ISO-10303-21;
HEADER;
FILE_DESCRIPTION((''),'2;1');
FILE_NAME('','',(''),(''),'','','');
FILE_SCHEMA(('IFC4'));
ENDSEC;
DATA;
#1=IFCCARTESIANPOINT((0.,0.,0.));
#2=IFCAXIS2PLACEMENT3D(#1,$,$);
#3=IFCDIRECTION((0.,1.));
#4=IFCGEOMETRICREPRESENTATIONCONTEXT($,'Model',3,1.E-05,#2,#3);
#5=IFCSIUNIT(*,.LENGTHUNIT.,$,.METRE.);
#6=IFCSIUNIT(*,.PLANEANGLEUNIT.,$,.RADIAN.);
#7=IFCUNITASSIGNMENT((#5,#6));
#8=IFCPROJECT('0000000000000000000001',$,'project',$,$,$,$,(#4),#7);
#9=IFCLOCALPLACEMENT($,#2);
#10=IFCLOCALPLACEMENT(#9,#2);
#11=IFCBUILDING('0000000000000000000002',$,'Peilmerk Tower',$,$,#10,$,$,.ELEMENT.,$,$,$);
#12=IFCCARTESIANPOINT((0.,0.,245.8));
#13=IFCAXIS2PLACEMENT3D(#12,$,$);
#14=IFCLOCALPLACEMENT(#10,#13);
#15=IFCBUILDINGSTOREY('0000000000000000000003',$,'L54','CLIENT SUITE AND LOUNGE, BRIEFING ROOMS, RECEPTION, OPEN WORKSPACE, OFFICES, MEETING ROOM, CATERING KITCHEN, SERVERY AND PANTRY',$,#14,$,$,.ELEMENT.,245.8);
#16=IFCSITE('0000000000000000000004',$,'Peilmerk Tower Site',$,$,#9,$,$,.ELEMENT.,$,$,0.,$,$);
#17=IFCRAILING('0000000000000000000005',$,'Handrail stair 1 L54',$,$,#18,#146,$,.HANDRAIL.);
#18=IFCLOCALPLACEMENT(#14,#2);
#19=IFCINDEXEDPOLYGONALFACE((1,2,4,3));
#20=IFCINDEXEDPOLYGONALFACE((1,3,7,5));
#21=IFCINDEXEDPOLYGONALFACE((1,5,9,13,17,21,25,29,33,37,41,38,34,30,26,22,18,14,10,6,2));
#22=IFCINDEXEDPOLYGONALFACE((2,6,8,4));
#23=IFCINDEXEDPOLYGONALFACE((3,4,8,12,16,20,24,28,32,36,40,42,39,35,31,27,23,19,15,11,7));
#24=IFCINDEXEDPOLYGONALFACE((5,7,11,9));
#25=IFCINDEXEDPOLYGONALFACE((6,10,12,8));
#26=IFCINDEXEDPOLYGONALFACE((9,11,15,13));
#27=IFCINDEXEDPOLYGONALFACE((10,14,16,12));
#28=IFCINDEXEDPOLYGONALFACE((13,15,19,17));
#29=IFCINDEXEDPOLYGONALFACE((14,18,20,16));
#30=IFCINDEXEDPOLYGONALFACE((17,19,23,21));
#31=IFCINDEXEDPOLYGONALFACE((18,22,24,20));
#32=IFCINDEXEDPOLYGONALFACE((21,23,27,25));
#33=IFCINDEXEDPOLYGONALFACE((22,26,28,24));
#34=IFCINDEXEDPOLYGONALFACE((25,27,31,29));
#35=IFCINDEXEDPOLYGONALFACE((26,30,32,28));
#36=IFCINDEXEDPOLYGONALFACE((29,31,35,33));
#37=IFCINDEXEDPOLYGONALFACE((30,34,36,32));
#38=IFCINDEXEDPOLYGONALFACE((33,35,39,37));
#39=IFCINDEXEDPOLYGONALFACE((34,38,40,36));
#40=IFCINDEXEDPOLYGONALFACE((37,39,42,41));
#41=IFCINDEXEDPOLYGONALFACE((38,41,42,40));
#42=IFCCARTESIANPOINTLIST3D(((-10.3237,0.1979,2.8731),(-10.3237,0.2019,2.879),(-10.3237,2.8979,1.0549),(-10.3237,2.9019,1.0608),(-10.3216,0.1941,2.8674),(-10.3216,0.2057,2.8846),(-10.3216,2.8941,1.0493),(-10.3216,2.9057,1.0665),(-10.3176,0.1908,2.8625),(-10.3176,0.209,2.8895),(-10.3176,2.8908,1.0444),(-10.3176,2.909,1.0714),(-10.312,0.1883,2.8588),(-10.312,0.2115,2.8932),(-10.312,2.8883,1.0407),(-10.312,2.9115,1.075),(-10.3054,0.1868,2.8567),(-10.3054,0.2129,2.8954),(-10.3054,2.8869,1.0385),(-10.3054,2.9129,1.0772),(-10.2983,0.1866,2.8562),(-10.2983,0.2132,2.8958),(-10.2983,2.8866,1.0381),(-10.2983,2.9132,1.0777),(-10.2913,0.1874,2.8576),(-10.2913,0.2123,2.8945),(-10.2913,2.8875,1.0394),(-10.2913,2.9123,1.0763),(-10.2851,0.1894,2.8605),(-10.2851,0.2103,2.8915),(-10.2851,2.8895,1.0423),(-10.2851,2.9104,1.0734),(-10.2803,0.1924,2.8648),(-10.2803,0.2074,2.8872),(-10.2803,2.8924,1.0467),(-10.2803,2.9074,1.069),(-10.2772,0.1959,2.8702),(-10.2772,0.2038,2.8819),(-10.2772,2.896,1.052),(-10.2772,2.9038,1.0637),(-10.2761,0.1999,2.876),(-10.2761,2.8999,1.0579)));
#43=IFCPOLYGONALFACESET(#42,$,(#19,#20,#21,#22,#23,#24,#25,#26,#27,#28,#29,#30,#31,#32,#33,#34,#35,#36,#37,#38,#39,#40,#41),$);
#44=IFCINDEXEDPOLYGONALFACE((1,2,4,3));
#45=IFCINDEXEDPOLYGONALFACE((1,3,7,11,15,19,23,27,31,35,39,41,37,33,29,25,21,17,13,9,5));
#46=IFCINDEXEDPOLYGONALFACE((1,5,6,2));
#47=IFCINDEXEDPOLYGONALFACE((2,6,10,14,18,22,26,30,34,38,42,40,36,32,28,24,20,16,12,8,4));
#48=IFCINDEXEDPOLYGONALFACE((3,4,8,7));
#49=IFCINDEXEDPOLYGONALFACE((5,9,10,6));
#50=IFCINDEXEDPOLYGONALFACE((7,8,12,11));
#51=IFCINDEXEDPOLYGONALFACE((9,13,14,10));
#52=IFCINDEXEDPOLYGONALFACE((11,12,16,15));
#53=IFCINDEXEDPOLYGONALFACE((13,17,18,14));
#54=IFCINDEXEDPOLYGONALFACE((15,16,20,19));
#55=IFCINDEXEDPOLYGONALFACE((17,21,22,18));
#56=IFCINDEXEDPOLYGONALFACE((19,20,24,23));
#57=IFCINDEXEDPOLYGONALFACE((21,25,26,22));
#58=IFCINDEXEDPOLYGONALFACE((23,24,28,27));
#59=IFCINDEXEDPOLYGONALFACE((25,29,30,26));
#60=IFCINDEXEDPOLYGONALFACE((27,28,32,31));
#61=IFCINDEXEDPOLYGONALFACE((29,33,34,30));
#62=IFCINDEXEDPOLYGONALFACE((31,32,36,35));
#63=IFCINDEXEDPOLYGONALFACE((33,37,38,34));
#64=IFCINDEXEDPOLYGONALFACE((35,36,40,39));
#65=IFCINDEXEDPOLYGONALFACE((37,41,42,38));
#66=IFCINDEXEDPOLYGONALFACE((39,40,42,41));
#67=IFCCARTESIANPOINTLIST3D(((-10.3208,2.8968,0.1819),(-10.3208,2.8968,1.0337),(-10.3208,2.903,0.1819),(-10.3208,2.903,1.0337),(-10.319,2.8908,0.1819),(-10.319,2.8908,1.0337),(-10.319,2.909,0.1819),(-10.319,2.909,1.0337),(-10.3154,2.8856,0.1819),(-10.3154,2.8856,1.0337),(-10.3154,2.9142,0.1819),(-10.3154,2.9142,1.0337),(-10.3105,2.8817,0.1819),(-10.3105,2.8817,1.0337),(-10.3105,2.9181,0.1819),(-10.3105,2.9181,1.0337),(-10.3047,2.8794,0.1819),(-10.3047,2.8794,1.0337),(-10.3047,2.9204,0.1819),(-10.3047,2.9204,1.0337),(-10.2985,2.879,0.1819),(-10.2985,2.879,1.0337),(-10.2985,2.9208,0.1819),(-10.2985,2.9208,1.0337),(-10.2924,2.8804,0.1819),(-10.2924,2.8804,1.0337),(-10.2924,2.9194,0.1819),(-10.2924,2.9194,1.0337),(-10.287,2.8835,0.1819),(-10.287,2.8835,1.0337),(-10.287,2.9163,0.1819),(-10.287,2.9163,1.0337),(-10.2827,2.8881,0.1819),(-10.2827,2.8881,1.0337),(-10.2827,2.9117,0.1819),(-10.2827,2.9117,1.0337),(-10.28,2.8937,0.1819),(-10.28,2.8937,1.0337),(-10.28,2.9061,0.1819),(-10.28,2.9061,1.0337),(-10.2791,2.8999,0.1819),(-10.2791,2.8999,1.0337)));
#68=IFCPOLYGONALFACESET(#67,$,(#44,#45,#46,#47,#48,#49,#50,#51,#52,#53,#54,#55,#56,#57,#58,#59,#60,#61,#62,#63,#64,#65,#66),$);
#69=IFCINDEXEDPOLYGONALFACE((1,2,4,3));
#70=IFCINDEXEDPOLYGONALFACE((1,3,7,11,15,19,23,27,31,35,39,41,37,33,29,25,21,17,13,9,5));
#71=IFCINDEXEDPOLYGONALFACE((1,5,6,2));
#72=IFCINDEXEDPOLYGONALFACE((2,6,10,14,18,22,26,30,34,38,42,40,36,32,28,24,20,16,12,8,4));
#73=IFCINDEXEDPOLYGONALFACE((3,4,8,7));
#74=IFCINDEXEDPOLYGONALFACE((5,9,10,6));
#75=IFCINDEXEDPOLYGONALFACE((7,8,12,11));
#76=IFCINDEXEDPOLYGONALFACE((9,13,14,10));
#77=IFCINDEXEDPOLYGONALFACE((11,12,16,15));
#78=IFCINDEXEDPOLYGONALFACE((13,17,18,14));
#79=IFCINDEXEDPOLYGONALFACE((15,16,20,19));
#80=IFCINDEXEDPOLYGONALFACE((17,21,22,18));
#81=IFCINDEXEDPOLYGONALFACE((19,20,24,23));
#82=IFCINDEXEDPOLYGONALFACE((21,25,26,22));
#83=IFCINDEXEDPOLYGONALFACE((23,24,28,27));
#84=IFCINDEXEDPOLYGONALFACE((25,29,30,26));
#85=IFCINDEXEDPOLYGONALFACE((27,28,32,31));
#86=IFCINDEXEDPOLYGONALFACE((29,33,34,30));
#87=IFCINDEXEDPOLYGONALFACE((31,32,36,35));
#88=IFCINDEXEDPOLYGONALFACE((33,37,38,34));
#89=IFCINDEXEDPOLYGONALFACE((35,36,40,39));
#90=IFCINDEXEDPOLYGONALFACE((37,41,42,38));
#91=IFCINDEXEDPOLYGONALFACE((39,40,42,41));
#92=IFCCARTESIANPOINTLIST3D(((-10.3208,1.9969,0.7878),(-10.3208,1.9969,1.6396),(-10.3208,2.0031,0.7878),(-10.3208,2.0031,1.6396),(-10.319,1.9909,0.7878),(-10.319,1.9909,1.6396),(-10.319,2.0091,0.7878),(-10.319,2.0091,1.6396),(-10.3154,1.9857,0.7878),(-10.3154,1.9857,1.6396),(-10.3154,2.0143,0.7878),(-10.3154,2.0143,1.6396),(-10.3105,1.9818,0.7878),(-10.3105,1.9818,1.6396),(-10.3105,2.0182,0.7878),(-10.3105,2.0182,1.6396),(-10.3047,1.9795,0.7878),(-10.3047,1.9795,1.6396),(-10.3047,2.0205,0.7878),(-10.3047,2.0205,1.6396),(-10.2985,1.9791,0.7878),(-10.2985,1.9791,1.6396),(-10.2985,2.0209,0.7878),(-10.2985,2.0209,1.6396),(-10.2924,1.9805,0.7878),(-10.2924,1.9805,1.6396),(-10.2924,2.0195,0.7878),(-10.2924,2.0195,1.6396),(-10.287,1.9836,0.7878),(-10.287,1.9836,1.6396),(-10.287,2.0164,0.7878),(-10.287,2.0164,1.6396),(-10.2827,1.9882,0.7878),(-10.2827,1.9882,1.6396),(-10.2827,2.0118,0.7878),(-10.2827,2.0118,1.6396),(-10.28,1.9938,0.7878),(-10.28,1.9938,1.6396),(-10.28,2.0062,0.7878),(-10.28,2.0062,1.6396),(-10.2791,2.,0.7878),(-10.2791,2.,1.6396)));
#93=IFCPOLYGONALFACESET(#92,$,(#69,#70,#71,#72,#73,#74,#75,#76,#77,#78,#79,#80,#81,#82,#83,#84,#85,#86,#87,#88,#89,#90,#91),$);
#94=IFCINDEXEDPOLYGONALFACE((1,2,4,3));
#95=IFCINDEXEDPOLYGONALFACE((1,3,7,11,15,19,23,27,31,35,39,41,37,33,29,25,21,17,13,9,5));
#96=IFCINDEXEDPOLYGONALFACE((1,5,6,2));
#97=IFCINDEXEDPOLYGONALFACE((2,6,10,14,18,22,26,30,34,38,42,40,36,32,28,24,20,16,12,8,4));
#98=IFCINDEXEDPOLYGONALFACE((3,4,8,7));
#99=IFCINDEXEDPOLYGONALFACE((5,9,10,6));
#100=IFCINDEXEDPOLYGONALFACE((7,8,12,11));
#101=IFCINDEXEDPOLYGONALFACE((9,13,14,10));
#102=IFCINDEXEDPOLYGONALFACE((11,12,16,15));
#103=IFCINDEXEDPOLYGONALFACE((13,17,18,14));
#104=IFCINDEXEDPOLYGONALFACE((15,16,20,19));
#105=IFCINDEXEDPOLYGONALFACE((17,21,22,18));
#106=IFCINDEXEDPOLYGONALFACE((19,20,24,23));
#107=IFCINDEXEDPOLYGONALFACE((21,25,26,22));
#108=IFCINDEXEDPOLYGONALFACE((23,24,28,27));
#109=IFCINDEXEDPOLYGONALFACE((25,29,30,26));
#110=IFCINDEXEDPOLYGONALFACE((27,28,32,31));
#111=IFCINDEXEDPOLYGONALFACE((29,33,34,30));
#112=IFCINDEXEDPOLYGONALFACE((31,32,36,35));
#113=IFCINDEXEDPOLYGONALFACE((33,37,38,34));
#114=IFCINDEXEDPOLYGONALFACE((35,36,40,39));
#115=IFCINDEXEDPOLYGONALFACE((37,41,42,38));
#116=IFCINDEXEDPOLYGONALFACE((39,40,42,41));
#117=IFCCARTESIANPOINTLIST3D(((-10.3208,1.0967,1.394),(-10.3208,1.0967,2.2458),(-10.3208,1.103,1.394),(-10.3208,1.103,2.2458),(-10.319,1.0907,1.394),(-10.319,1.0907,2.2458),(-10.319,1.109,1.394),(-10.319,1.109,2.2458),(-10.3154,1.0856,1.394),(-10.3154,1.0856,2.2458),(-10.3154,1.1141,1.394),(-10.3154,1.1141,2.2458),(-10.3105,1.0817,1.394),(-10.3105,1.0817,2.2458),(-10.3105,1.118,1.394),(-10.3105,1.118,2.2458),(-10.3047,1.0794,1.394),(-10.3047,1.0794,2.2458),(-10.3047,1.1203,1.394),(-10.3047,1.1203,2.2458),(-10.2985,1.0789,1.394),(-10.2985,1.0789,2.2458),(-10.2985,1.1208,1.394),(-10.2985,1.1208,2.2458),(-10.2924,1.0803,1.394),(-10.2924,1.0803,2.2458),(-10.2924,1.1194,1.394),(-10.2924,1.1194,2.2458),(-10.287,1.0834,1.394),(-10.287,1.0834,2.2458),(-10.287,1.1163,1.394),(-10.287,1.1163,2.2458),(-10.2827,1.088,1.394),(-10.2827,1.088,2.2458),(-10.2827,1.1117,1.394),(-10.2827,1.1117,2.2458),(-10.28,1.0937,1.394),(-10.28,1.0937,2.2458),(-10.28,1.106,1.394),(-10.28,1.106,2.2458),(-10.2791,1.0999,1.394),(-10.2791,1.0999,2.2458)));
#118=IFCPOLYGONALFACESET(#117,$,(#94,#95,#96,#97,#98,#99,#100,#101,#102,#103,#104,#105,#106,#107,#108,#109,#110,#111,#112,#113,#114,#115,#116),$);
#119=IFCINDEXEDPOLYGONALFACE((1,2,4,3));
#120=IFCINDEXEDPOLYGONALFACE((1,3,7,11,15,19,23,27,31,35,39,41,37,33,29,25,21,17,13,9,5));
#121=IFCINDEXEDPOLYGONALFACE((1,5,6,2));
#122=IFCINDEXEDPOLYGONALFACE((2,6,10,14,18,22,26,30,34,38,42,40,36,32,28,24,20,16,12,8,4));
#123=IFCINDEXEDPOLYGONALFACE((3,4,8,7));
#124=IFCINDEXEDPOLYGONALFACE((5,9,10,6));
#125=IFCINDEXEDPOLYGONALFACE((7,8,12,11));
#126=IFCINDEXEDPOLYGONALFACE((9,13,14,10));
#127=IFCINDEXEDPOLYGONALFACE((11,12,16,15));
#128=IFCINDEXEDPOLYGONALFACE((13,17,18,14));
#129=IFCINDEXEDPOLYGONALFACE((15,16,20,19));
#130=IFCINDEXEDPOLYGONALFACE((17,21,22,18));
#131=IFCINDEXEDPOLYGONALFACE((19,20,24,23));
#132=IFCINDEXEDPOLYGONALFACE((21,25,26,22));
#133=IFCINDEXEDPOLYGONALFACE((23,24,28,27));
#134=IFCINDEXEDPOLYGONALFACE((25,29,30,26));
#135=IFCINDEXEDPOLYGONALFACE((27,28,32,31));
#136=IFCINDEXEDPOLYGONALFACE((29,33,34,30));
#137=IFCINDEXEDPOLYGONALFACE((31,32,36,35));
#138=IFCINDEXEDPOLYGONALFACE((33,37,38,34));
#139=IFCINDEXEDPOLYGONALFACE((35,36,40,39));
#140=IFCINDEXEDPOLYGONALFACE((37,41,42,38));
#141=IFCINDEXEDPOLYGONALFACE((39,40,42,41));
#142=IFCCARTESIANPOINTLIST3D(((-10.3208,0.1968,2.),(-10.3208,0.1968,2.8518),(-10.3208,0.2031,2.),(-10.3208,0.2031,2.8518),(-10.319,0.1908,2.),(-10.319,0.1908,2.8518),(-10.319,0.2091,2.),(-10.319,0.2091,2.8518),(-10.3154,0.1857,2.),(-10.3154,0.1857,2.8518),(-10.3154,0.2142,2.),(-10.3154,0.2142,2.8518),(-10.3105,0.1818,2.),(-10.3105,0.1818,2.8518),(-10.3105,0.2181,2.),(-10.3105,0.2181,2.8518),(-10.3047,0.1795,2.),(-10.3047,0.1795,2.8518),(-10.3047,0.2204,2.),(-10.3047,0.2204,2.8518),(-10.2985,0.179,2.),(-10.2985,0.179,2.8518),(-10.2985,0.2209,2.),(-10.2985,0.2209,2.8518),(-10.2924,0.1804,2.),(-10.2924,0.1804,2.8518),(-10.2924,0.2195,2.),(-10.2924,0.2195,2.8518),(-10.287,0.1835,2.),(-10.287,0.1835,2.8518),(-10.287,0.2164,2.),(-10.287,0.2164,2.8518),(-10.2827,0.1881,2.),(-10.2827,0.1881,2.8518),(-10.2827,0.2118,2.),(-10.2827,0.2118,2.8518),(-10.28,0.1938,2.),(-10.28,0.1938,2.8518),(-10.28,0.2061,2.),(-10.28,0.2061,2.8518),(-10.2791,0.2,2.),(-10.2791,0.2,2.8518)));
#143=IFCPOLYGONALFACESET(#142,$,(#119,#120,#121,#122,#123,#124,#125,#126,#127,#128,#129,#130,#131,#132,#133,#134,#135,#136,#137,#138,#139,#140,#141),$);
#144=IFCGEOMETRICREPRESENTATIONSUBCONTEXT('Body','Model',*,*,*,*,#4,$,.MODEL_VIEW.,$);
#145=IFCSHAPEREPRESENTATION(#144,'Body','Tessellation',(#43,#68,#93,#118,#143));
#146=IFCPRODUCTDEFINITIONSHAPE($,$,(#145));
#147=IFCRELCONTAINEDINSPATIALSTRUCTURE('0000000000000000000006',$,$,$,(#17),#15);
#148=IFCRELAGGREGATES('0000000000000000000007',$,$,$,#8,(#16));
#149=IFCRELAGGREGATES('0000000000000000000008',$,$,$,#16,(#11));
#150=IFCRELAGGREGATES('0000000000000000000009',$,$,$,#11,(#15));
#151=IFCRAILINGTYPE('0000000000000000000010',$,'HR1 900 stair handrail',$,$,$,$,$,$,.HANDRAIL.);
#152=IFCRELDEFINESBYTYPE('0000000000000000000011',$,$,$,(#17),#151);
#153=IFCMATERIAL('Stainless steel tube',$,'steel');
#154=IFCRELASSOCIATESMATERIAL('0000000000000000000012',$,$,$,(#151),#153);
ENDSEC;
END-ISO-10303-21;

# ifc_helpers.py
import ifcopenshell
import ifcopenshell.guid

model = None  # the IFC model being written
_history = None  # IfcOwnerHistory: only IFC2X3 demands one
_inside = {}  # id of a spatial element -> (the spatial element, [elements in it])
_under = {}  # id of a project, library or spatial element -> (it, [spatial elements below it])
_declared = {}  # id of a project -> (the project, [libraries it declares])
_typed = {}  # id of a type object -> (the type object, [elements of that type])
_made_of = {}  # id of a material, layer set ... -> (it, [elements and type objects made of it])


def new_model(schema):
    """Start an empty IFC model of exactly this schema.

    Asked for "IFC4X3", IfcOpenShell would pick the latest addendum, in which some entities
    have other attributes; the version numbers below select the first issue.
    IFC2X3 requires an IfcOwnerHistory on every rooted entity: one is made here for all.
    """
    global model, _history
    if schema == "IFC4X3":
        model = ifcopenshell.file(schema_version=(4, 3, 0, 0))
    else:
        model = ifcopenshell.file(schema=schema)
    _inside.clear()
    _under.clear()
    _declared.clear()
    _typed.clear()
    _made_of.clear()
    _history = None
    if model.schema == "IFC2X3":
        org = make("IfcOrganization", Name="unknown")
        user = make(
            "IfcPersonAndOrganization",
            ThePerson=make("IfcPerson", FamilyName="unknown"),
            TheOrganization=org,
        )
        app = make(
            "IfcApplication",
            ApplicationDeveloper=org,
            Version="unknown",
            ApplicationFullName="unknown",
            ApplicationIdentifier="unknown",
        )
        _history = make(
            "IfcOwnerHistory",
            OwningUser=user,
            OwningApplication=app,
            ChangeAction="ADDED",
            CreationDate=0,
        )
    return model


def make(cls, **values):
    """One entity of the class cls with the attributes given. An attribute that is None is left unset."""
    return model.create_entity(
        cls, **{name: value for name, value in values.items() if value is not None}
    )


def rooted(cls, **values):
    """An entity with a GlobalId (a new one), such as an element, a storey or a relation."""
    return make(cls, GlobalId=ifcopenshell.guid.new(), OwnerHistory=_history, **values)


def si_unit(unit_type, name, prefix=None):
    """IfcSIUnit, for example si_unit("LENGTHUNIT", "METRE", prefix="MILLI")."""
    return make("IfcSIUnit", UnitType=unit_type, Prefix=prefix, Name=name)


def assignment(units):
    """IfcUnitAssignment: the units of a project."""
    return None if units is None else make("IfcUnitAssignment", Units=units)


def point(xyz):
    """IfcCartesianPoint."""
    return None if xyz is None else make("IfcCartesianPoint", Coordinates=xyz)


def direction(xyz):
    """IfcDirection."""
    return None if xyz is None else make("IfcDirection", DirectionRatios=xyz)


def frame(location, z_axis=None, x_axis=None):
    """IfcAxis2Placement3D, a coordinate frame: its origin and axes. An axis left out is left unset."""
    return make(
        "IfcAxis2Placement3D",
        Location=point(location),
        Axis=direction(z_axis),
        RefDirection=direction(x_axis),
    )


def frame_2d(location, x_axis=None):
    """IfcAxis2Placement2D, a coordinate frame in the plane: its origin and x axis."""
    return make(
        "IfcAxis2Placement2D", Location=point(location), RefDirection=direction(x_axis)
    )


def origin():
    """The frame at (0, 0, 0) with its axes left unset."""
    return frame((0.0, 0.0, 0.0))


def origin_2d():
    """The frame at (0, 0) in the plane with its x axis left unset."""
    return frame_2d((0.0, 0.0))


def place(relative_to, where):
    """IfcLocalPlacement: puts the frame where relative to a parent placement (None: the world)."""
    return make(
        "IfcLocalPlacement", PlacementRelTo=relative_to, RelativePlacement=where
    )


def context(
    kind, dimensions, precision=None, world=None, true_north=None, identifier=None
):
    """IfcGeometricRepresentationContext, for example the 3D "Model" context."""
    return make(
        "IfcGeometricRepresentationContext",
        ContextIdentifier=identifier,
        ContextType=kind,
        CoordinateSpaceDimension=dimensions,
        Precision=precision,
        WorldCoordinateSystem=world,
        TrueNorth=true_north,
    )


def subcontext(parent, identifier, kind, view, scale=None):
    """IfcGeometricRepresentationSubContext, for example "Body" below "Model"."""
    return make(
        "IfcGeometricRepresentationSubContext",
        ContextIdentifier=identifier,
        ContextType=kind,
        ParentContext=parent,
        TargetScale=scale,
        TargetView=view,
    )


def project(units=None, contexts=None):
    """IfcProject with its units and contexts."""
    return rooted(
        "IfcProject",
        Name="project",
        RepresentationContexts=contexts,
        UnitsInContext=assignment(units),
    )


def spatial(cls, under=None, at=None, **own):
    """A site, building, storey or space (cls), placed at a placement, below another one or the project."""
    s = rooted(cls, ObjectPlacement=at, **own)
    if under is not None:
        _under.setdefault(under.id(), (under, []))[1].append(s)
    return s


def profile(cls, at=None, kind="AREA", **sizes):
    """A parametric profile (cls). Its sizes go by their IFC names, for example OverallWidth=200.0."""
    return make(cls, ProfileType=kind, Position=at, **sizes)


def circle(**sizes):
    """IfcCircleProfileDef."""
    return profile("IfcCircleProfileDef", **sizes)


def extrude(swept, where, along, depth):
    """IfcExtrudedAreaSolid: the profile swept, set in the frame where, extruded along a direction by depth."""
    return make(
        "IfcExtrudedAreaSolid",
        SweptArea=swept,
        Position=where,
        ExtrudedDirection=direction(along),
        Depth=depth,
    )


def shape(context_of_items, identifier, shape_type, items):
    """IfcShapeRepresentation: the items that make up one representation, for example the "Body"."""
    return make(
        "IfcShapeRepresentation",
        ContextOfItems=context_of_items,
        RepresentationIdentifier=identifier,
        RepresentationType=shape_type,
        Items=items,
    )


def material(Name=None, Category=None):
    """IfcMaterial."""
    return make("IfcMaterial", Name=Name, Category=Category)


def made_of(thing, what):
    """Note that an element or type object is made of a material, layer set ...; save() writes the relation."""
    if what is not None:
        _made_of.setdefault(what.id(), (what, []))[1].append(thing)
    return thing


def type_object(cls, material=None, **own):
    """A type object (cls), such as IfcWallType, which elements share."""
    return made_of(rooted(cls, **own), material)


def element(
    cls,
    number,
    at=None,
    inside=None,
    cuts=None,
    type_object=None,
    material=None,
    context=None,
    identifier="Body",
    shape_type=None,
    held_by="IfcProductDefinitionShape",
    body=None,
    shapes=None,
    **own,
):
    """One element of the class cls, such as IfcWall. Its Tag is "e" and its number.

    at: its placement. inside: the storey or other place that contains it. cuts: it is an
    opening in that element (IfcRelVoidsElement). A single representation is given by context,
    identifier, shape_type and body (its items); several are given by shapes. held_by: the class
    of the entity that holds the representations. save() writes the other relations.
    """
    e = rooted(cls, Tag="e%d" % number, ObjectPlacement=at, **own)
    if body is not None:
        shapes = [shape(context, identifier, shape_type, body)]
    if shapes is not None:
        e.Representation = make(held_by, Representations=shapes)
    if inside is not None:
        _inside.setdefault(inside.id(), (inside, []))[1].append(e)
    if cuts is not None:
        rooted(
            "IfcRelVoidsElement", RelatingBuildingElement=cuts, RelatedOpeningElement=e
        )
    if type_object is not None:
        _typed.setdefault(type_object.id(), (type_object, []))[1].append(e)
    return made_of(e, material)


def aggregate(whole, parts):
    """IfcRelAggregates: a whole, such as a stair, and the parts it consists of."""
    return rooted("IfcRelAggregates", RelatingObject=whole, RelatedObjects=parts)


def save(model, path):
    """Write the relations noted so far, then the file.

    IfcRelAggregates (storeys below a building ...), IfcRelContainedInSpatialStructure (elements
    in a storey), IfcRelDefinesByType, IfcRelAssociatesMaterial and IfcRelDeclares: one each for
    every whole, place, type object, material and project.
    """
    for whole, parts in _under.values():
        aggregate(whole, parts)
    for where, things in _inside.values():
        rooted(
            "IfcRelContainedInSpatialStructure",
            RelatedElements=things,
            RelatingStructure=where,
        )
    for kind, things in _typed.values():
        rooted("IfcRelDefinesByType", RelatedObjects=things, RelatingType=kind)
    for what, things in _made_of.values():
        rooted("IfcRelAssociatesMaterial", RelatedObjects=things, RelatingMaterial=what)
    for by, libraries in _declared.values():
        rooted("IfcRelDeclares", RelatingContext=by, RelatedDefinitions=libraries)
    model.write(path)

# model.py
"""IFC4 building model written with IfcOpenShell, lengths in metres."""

from ifc_helpers import new_model, si_unit, direction, frame, origin, origin_2d, place, context, subcontext, project, spatial, circle, extrude, material, type_object, element, save


model = new_model("IFC4")

# Units and contexts
model_context = context("Model", 3, precision=1e-05, world=origin(), true_north=direction((0.0, 1.0)))
body_context = subcontext(model_context, "Body", "Model", "MODEL_VIEW")
ifc_project = project(units=[si_unit("LENGTHUNIT", "METRE"), si_unit("PLANEANGLEUNIT", "RADIAN")], contexts=[model_context])

# Site, building, storey
site_placement = place(None, origin())
site = spatial("IfcSite", under=ifc_project, at=site_placement, Name="Peilmerk Tower Site", CompositionType="ELEMENT", RefElevation=0.0)
building_placement = place(site_placement, origin())
building = spatial("IfcBuilding", under=site, at=building_placement, Name="Peilmerk Tower", CompositionType="ELEMENT")
storey_placement = place(building_placement, frame((0.0, 0.0, 245.8)))
storey = spatial("IfcBuildingStorey", under=building, at=storey_placement, Name="L54", Description="CLIENT SUITE AND LOUNGE, BRIEFING ROOMS, RECEPTION, OPEN WORKSPACE, OFFICES, MEETING ROOM, CATERING KITCHEN, SERVERY AND PANTRY", CompositionType="ELEMENT", Elevation=245.8)

# Railing
ifc_material_1 = material(Name="Stainless steel tube", Category="steel")
railing_type_1 = type_object("IfcRailingType", Name="HR1 900 stair handrail", PredefinedType="HANDRAIL", material=ifc_material_1)
railing_1_placement = place(storey_placement, frame((-10.3, 2.8999, 0.1819)))
element("IfcRailing", 1, at=railing_1_placement, inside=storey, type_object=railing_type_1, Name="Handrail stair 1 L54", PredefinedType="HANDRAIL", context=body_context, shape_type="SweptSolid", body=[
    extrude(circle(Radius=0.0239, at=origin_2d()), frame((0.0, 0.0, 0.876), z_axis=(0.0, -0.829468, 0.558554), x_axis=(1.0, 0.0, 0.0)), (0.0, 0.0, 1.0), 3.2551),
    extrude(circle(Radius=0.021, at=origin_2d()), origin(), (0.0, 0.0, 1.0), 0.8518),
    extrude(circle(Radius=0.021, at=origin_2d()), frame((0.0, -0.8999, 0.606)), (0.0, 0.0, 1.0), 0.8518),
    extrude(circle(Radius=0.021, at=origin_2d()), frame((0.0, -1.8, 1.2122)), (0.0, 0.0, 1.0), 0.8518),
    extrude(circle(Radius=0.021, at=origin_2d()), frame((0.0, -2.7, 1.8181)), (0.0, 0.0, 1.0), 0.8518),
])

save(model, "model.ifc")
